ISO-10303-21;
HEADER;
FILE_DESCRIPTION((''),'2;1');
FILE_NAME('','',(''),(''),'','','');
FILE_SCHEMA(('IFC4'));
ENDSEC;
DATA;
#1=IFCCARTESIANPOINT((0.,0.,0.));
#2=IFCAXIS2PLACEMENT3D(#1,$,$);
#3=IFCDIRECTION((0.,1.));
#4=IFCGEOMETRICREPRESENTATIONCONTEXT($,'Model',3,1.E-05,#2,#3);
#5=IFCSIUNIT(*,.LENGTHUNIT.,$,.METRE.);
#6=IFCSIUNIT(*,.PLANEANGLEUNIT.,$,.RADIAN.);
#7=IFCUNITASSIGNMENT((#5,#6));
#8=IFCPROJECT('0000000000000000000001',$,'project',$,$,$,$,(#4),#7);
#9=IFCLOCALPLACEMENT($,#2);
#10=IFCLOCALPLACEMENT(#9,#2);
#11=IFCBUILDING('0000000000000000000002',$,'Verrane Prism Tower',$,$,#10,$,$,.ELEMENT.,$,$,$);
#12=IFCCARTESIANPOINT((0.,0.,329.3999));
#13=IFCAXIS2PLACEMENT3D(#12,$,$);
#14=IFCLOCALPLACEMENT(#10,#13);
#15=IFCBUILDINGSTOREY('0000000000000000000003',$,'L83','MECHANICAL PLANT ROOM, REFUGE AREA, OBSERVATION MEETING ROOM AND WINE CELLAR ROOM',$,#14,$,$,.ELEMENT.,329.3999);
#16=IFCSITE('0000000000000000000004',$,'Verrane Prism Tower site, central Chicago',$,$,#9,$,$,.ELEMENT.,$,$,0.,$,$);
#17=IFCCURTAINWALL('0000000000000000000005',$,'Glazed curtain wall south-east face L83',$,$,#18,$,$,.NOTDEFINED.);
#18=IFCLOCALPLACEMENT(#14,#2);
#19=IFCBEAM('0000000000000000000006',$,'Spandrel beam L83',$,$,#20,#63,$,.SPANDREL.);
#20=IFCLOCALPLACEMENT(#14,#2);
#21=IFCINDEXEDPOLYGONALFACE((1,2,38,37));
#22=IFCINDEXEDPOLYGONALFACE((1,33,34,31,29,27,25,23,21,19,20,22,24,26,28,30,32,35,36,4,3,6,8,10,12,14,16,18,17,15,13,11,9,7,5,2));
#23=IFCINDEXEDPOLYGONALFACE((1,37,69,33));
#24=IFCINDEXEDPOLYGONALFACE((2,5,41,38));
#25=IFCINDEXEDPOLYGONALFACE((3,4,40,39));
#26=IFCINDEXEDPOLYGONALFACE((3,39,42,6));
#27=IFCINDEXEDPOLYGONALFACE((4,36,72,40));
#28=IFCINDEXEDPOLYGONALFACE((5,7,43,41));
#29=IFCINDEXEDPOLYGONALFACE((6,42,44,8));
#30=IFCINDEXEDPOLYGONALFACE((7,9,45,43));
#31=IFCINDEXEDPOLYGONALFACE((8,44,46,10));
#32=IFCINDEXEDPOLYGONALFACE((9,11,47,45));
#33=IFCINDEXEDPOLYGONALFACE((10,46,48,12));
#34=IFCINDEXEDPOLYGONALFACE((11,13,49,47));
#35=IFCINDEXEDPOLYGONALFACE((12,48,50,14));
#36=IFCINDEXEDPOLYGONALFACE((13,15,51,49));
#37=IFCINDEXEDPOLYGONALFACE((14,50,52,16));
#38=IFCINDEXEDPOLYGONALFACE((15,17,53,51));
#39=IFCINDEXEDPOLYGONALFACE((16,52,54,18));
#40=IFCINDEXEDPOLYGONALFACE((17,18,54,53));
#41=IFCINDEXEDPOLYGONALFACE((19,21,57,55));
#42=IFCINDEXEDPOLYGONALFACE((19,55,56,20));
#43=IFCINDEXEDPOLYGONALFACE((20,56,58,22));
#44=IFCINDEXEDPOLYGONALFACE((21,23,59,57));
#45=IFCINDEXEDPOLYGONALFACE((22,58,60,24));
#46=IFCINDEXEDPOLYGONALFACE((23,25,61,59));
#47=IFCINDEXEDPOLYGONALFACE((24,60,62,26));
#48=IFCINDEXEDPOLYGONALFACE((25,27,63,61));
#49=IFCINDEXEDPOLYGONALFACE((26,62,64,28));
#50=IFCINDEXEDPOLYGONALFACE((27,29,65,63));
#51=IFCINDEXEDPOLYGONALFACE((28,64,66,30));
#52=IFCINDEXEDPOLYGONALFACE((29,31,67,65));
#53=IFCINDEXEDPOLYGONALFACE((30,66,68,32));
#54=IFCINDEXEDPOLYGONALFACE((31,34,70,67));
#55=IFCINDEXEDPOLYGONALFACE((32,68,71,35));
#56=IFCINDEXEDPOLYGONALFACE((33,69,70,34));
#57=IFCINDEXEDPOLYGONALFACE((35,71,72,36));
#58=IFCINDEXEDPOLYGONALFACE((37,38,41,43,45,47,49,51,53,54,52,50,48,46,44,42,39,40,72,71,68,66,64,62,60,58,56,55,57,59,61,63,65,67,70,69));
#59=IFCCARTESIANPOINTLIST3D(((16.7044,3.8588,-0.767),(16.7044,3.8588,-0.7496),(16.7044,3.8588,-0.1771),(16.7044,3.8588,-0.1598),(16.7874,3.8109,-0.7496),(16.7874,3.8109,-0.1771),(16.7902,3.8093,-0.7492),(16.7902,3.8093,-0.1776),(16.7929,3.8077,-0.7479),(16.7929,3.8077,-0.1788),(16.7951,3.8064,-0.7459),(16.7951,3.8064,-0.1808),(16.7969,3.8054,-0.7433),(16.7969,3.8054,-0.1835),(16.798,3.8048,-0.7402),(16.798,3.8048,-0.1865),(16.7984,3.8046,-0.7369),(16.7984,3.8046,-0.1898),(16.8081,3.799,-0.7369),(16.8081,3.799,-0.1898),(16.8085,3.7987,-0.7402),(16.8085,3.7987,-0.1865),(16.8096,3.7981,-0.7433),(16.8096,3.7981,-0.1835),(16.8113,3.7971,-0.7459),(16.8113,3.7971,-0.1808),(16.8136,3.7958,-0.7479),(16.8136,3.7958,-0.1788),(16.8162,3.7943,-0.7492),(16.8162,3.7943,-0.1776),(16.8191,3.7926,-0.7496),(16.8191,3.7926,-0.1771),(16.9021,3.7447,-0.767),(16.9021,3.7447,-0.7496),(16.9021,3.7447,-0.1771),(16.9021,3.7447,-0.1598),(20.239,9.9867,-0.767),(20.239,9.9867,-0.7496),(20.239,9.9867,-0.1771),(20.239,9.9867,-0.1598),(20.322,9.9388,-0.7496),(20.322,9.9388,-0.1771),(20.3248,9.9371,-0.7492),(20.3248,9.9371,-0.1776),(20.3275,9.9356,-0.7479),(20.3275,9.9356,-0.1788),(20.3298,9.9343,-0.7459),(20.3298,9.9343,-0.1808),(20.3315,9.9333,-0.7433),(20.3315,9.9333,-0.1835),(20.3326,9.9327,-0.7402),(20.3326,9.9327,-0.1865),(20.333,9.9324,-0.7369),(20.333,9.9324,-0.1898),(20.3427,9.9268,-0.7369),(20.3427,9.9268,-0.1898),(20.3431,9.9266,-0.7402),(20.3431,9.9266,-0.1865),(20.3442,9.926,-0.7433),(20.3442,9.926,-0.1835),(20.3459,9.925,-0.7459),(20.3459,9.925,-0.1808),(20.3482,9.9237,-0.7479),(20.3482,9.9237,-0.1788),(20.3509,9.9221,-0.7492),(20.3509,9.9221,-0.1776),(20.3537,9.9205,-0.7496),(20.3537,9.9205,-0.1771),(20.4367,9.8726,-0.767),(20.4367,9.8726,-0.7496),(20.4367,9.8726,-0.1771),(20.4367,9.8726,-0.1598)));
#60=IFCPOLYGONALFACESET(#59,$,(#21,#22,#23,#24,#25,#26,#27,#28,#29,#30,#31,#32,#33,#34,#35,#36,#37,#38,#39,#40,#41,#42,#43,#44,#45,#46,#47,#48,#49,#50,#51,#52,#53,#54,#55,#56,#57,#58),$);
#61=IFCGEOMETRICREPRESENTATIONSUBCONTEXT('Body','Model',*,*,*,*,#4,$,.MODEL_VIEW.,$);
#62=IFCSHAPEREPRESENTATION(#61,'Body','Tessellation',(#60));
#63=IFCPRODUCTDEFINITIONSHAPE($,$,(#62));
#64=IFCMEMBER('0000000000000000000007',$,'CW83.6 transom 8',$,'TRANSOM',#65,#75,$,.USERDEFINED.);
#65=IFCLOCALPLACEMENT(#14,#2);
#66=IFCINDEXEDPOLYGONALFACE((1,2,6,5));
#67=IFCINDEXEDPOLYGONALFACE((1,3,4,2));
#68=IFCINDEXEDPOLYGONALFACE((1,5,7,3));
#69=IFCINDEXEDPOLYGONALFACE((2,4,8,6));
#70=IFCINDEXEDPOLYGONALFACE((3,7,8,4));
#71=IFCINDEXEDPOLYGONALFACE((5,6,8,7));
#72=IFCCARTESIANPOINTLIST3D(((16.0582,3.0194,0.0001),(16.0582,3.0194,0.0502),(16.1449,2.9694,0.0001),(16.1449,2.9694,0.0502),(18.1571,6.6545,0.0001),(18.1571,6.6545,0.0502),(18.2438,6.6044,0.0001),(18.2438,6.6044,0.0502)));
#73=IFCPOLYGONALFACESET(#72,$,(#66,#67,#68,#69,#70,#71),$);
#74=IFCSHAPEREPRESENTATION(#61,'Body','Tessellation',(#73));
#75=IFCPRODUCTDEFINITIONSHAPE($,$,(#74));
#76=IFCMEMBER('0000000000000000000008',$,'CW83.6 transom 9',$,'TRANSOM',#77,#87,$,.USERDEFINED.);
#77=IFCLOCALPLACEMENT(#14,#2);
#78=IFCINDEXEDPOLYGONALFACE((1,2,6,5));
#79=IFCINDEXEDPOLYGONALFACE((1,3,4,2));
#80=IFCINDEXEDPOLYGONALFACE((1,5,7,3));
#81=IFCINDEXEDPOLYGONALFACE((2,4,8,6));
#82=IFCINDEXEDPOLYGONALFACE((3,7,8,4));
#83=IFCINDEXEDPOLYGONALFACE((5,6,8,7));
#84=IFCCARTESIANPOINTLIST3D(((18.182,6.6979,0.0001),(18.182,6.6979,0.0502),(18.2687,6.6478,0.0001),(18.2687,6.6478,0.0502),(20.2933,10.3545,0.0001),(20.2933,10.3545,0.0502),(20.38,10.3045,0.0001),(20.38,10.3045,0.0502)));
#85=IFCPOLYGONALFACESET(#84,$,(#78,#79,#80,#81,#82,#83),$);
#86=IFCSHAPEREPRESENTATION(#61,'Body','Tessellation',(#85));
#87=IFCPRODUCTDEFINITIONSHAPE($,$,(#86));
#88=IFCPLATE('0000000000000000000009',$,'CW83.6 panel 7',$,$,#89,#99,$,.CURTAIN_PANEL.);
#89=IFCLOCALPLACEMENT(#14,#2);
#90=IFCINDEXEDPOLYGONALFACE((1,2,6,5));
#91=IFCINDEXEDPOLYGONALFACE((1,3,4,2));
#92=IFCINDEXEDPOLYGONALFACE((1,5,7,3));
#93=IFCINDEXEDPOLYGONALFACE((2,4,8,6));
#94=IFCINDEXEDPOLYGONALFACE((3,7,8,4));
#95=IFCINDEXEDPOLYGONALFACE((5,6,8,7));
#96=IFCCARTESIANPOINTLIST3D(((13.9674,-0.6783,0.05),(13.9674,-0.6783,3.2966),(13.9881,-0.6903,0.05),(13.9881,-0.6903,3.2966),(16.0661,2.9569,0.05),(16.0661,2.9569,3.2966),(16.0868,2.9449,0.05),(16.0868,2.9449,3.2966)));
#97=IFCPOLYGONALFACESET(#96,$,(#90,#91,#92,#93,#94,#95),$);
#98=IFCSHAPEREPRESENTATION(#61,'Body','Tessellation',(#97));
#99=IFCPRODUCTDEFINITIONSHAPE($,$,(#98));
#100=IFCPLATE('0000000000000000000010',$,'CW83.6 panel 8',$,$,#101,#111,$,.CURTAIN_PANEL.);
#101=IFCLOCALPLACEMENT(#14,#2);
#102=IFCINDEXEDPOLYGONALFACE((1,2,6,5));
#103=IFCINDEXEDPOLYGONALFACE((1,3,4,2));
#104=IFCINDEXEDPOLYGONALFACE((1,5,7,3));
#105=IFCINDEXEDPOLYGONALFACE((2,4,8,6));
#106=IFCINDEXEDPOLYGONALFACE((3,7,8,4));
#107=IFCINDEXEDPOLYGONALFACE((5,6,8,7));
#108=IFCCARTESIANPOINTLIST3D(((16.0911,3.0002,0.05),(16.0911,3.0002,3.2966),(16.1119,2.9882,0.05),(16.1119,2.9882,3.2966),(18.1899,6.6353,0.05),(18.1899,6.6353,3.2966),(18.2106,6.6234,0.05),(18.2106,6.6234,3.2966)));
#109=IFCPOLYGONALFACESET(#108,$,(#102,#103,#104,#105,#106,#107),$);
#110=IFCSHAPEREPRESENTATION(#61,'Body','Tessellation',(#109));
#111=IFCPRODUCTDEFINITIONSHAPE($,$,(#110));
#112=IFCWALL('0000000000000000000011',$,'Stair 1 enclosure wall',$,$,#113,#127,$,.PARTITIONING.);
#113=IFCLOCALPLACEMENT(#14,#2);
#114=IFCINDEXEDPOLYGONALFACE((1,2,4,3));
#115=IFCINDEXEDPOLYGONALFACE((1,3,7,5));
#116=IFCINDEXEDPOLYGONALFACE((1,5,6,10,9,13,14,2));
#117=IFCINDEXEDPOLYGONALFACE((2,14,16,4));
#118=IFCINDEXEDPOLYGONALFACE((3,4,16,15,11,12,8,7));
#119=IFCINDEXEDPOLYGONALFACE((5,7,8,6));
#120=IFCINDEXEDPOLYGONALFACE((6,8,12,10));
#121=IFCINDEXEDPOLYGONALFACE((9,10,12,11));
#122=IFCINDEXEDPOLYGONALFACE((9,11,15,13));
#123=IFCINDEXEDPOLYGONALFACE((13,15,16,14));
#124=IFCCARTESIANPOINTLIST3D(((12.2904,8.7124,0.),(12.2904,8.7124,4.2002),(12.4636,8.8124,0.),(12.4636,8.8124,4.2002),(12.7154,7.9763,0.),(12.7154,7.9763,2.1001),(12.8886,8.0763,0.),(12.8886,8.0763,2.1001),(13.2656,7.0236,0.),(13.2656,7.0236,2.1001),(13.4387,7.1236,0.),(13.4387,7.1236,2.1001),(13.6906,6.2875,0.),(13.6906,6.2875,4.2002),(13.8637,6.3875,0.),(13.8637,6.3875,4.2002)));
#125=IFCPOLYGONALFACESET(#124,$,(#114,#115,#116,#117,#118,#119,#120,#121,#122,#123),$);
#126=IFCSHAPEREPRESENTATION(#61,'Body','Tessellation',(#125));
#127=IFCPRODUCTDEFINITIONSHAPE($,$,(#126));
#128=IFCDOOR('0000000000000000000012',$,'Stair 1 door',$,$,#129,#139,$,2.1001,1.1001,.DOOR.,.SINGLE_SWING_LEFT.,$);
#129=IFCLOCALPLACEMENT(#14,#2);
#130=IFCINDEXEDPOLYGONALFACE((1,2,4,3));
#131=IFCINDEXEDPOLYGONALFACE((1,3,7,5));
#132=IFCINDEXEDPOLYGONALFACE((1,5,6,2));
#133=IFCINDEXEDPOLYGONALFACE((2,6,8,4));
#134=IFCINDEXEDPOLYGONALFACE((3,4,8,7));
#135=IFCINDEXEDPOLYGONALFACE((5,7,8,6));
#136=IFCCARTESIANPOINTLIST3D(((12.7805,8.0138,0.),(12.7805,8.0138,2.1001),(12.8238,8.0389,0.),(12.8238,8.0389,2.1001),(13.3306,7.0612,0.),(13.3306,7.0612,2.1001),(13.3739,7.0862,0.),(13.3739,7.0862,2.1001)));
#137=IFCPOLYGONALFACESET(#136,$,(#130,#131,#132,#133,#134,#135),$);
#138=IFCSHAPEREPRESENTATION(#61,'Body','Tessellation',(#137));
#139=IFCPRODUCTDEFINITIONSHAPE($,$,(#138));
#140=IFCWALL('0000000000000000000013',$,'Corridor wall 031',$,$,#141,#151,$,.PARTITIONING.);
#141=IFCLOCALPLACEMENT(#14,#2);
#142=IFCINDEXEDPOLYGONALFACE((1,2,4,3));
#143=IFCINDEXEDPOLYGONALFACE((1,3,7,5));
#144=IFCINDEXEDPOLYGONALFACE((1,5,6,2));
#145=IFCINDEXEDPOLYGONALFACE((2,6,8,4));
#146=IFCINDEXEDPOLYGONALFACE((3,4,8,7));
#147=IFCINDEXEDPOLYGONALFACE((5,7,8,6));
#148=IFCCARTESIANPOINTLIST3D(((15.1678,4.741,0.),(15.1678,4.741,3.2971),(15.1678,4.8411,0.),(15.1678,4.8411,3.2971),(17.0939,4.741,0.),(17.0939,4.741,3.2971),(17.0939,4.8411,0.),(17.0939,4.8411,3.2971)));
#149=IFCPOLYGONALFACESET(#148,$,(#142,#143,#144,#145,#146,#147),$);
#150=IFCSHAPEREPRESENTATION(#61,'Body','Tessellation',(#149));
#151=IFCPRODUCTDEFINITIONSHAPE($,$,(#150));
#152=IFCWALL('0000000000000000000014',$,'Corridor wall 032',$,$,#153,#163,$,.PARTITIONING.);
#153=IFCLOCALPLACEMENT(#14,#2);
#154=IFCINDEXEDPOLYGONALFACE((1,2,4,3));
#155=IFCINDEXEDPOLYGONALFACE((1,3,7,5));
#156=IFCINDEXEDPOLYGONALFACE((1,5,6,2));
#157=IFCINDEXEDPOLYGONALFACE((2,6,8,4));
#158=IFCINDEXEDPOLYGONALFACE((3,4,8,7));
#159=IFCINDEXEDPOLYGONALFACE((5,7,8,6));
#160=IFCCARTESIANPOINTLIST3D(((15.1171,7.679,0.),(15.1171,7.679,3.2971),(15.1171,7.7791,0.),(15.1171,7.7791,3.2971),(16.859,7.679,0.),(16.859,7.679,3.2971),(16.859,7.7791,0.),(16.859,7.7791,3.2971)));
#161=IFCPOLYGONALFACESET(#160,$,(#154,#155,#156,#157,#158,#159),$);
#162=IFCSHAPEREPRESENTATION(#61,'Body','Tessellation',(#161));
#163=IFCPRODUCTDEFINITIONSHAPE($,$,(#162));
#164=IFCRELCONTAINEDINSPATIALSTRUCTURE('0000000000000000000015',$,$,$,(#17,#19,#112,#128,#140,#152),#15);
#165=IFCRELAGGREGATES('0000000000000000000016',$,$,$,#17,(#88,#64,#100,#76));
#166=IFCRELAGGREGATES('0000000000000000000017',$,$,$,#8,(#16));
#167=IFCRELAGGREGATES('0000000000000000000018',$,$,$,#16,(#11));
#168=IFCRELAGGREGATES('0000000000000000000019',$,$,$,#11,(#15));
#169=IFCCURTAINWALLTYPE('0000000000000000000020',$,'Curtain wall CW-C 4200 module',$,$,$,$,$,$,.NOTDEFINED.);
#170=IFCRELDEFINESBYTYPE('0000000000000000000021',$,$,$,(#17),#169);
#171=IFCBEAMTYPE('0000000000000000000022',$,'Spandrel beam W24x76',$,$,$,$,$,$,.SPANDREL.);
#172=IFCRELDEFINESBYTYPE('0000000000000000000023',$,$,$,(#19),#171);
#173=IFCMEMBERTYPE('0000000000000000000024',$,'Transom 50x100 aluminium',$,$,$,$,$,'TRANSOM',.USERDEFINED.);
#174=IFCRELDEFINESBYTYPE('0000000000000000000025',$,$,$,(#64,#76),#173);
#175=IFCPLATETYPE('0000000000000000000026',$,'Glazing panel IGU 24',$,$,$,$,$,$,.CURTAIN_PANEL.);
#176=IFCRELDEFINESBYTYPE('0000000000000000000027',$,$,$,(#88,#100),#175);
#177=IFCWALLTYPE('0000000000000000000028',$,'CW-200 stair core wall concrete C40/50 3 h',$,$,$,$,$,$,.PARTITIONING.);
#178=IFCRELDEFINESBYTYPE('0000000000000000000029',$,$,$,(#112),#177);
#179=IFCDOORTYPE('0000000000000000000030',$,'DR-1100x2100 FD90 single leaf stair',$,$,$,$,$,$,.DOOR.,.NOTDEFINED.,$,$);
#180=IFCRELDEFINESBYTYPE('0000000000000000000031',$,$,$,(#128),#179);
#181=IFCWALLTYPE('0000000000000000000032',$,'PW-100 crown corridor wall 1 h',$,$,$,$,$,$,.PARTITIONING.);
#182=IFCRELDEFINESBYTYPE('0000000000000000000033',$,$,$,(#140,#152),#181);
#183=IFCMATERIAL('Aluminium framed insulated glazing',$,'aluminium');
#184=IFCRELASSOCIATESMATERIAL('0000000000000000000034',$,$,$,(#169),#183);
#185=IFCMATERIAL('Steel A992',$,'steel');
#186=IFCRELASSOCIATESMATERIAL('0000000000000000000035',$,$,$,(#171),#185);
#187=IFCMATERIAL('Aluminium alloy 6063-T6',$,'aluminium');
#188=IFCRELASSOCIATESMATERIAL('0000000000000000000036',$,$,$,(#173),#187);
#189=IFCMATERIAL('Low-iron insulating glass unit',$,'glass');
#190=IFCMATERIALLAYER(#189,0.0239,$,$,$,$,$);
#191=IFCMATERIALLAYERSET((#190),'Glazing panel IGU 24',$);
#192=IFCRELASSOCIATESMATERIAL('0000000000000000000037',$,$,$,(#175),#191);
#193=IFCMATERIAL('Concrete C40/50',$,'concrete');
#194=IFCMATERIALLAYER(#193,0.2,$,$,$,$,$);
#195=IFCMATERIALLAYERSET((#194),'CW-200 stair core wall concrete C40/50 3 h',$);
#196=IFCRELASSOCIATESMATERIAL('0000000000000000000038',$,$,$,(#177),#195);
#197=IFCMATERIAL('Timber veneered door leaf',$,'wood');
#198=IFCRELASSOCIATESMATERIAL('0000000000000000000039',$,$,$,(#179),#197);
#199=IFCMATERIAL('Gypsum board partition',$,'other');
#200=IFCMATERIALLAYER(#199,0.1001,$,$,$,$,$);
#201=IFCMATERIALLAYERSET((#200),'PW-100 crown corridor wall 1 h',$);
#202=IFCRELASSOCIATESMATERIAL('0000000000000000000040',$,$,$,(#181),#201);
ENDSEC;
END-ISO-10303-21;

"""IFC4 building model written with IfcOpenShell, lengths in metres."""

from ifc_helpers import new_model, si_unit, direction, frame, frame_2d, origin, origin_2d, place, context, subcontext, project, spatial, rectangle, i_section, extrude, material, layer, layer_set, material_profile, profile_set, type_object, element, fill, aggregate, save


model = new_model("IFC4")

# Units and contexts
model_context = context("Model", 3, precision=1e-05, world=origin(), true_north=direction((0.0, 1.0)))
body_context = subcontext(model_context, "Body", "Model", "MODEL_VIEW")
ifc_project = project(units=[si_unit("LENGTHUNIT", "METRE"), si_unit("PLANEANGLEUNIT", "RADIAN")], contexts=[model_context])

# Site, building, storey
site_placement = place(None, origin())
site = spatial("IfcSite", under=ifc_project, at=site_placement, Name="Verrane Prism Tower site, central Chicago", CompositionType="ELEMENT", RefElevation=0.0)
building_placement = place(site_placement, origin())
building = spatial("IfcBuilding", under=site, at=building_placement, Name="Verrane Prism Tower", CompositionType="ELEMENT")
storey_placement = place(building_placement, frame((0.0, 0.0, 329.3999)))
storey = spatial("IfcBuildingStorey", under=building, at=storey_placement, Name="L83", Description="MECHANICAL PLANT ROOM, REFUGE AREA, OBSERVATION MEETING ROOM AND WINE CELLAR ROOM", CompositionType="ELEMENT", Elevation=329.3999)

# Curtain wall
ifc_material_1 = material(Name="Aluminium framed insulated glazing", Category="aluminium")
curtain_wall_type = type_object("IfcCurtainWallType", Name="Curtain wall CW-C 4200 module", PredefinedType="NOTDEFINED", material=ifc_material_1)
curtain_wall_placement = place(storey_placement, origin())
curtain_wall = element("IfcCurtainWall", 1, at=curtain_wall_placement, inside=storey, type_object=curtain_wall_type, Name="Glazed curtain wall south-east face L83", PredefinedType="NOTDEFINED")

# Beam
ifc_material_2 = material(Name="Steel A992", Category="steel")
ifc_material_profile_1 = material_profile(ifc_material_2, i_section(OverallWidth=0.2283, OverallDepth=0.6072, WebThickness=0.0112, FlangeThickness=0.0173, FilletRadius=0.0127, at=origin_2d()), Name="W24x76")
ifc_profile_set_1 = profile_set([ifc_material_profile_1], Name="Steel A992")
beam_type_1 = type_object("IfcBeamType", Name="Spandrel beam W24x76", PredefinedType="SPANDREL", material=ifc_profile_set_1)
beam_1_placement = place(storey_placement, frame((16.8032, 3.8018, -0.4634), z_axis=(0.499651, 0.866227, 0.0), x_axis=(-0.866227, 0.499651, 0.0)))
element("IfcBeam", 2, at=beam_1_placement, inside=storey, type_object=beam_type_1, Name="Spandrel beam L83", PredefinedType="SPANDREL", context=body_context, shape_type="SweptSolid", body=[
    extrude(i_section(OverallWidth=0.2283, OverallDepth=0.6072, WebThickness=0.0112, FlangeThickness=0.0173, FilletRadius=0.0127, at=origin_2d()), origin(), (0.0, 0.0, 1.0), 7.0742),
])

# Members
ifc_material_3 = material(Name="Aluminium alloy 6063-T6", Category="aluminium")
ifc_material_profile_2 = material_profile(ifc_material_3, rectangle(XDim=0.1001, YDim=0.05, at=origin_2d()), Name="Transom 50x100 aluminium")
ifc_profile_set_2 = profile_set([ifc_material_profile_2], Name="Aluminium alloy 6063-T6")
member_type_1 = type_object("IfcMemberType", Name="Transom 50x100 aluminium", ElementType="TRANSOM", PredefinedType="USERDEFINED", material=ifc_profile_set_2)
member_1_placement = place(storey_placement, frame((16.1016, 2.9944, 0.0251), z_axis=(0.500036, 0.866004, 0.0), x_axis=(-0.866004, 0.500036, 0.0)))
member_1 = element("IfcMember", 3, at=member_1_placement, type_object=member_type_1, Name="CW83.6 transom 8", ObjectType="TRANSOM", PredefinedType="USERDEFINED", context=body_context, shape_type="SweptSolid", body=[
    extrude(rectangle(XDim=0.1001, YDim=0.05, at=origin_2d()), origin(), (0.0, 0.0, 1.0), 4.1975),
])
member_2_placement = place(storey_placement, frame((18.2253, 6.6729, 0.0251), z_axis=(0.500019, 0.866014, 0.0), x_axis=(-0.866014, 0.500019, 0.0)))
member_2 = element("IfcMember", 4, at=member_2_placement, type_object=member_type_1, Name="CW83.6 transom 9", ObjectType="TRANSOM", PredefinedType="USERDEFINED", context=body_context, shape_type="SweptSolid", body=[
    extrude(rectangle(XDim=0.1001, YDim=0.05, at=origin_2d()), origin(), (0.0, 0.0, 1.0), 4.2224),
])

# Plates
ifc_material_4 = material(Name="Low-iron insulating glass unit", Category="glass")
ifc_layer_1 = layer(ifc_material_4, 0.0239)
ifc_layer_set_1 = layer_set([ifc_layer_1], Name="Glazing panel IGU 24")
plate_type = type_object("IfcPlateType", Name="Glazing panel IGU 24", PredefinedType="CURTAIN_PANEL", material=ifc_layer_set_1)
plate_1_placement = place(storey_placement, frame((15.0271, 1.1333, 0.05), z_axis=(0.0, 0.0, 1.0), x_axis=(0.5, 0.866025, 0.0)))
plate_1 = element("IfcPlate", 5, at=plate_1_placement, type_object=plate_type, Name="CW83.6 panel 7", PredefinedType="CURTAIN_PANEL", context=body_context, shape_type="SweptSolid", body=[
    extrude(rectangle(XDim=4.1975, YDim=0.0239, at=origin_2d()), origin(), (0.0, 0.0, 1.0), 3.2466),
])
plate_2_placement = place(storey_placement, frame((17.1509, 4.8118, 0.05), z_axis=(0.0, 0.0, 1.0), x_axis=(0.5, 0.866025, 0.0)))
plate_2 = element("IfcPlate", 6, at=plate_2_placement, type_object=plate_type, Name="CW83.6 panel 8", PredefinedType="CURTAIN_PANEL", context=body_context, shape_type="SweptSolid", body=[
    extrude(rectangle(XDim=4.1975, YDim=0.0239, at=origin_2d()), origin(), (0.0, 0.0, 1.0), 3.2466),
])
aggregate(curtain_wall, [plate_1, member_1, plate_2, member_2])

# Wall, opening, door
ifc_material_5 = material(Name="Concrete C40/50", Category="concrete")
ifc_layer_2 = layer(ifc_material_5, 0.2)
ifc_layer_set_2 = layer_set([ifc_layer_2], Name="CW-200 stair core wall concrete C40/50 3 h")
wall_type_1 = type_object("IfcWallType", Name="CW-200 stair core wall concrete C40/50 3 h", PredefinedType="PARTITIONING", material=ifc_layer_set_2)
wall_1_placement = place(storey_placement, frame((13.7771, 6.3376, 0.0), z_axis=(0.0, 0.0, 1.0), x_axis=(-0.50005, 0.865997, 0.0)))
wall_1 = element("IfcWall", 7, at=wall_1_placement, inside=storey, type_object=wall_type_1, Name="Stair 1 enclosure wall", PredefinedType="PARTITIONING", context=body_context, shape_type="SweptSolid", body=[
    extrude(rectangle(XDim=2.8, YDim=0.2, at=frame_2d((1.3999, 0.0))), origin(), (0.0, 0.0, 1.0), 4.2002),
])
opening_1_placement = place(wall_1_placement, frame((0.8499, 0.0, 0.0)))
opening_1 = element("IfcOpeningElement", 8, at=opening_1_placement, cuts=wall_1, PredefinedType="OPENING", context=body_context, shape_type="SweptSolid", body=[
    extrude(rectangle(XDim=1.1001, YDim=2.1001, at=frame_2d((0.55, 1.05))), frame((0.0, 0.1099, 0.0), z_axis=(0.0, -1.0, 0.0), x_axis=(1.0, 0.0, 0.0)), (0.0, 0.0, 1.0), 0.22),
])
ifc_material_6 = material(Name="Timber veneered door leaf", Category="wood")
door_type_1 = type_object("IfcDoorType", Name="DR-1100x2100 FD90 single leaf stair", OperationType="NOTDEFINED", PredefinedType="DOOR", material=ifc_material_6)
door_1_placement = place(opening_1_placement, origin())
door_1 = element("IfcDoor", 9, at=door_1_placement, inside=storey, type_object=door_type_1, Name="Stair 1 door", OperationType="SINGLE_SWING_LEFT", OverallHeight=2.1001, OverallWidth=1.1001, PredefinedType="DOOR", context=body_context, shape_type="SweptSolid", body=[
    extrude(rectangle(XDim=1.1001, YDim=2.1001, at=frame_2d((0.55, 1.05))), frame((0.0, 0.0249, 0.0), z_axis=(0.0, -1.0, 0.0), x_axis=(1.0, 0.0, 0.0)), (0.0, 0.0, 1.0), 0.05),
])
fill(opening_1, door_1)

# Walls
ifc_material_7 = material(Name="Gypsum board partition", Category="other")
ifc_layer_3 = layer(ifc_material_7, 0.1001)
ifc_layer_set_3 = layer_set([ifc_layer_3], Name="PW-100 crown corridor wall 1 h")
wall_type_2 = type_object("IfcWallType", Name="PW-100 crown corridor wall 1 h", PredefinedType="PARTITIONING", material=ifc_layer_set_3)
wall_2_placement = place(storey_placement, frame((15.168, 4.791, 0.0), z_axis=(0.0, 0.0, 1.0), x_axis=(1.0, 0.0, 0.0)))
element("IfcWall", 10, at=wall_2_placement, inside=storey, type_object=wall_type_2, Name="Corridor wall 031", PredefinedType="PARTITIONING", context=body_context, shape_type="SweptSolid", body=[
    extrude(rectangle(XDim=1.926, YDim=0.1001, at=frame_2d((0.9629, 0.0))), origin(), (0.0, 0.0, 1.0), 3.2971),
])
wall_3_placement = place(storey_placement, frame((15.1169, 7.729, 0.0), z_axis=(0.0, 0.0, 1.0), x_axis=(1.0, 0.0, 0.0)))
element("IfcWall", 11, at=wall_3_placement, inside=storey, type_object=wall_type_2, Name="Corridor wall 032", PredefinedType="PARTITIONING", context=body_context, shape_type="SweptSolid", body=[
    extrude(rectangle(XDim=1.7419, YDim=0.1001, at=frame_2d((0.8711, 0.0))), origin(), (0.0, 0.0, 1.0), 3.2971),
])

save(model, "model.ifc")
